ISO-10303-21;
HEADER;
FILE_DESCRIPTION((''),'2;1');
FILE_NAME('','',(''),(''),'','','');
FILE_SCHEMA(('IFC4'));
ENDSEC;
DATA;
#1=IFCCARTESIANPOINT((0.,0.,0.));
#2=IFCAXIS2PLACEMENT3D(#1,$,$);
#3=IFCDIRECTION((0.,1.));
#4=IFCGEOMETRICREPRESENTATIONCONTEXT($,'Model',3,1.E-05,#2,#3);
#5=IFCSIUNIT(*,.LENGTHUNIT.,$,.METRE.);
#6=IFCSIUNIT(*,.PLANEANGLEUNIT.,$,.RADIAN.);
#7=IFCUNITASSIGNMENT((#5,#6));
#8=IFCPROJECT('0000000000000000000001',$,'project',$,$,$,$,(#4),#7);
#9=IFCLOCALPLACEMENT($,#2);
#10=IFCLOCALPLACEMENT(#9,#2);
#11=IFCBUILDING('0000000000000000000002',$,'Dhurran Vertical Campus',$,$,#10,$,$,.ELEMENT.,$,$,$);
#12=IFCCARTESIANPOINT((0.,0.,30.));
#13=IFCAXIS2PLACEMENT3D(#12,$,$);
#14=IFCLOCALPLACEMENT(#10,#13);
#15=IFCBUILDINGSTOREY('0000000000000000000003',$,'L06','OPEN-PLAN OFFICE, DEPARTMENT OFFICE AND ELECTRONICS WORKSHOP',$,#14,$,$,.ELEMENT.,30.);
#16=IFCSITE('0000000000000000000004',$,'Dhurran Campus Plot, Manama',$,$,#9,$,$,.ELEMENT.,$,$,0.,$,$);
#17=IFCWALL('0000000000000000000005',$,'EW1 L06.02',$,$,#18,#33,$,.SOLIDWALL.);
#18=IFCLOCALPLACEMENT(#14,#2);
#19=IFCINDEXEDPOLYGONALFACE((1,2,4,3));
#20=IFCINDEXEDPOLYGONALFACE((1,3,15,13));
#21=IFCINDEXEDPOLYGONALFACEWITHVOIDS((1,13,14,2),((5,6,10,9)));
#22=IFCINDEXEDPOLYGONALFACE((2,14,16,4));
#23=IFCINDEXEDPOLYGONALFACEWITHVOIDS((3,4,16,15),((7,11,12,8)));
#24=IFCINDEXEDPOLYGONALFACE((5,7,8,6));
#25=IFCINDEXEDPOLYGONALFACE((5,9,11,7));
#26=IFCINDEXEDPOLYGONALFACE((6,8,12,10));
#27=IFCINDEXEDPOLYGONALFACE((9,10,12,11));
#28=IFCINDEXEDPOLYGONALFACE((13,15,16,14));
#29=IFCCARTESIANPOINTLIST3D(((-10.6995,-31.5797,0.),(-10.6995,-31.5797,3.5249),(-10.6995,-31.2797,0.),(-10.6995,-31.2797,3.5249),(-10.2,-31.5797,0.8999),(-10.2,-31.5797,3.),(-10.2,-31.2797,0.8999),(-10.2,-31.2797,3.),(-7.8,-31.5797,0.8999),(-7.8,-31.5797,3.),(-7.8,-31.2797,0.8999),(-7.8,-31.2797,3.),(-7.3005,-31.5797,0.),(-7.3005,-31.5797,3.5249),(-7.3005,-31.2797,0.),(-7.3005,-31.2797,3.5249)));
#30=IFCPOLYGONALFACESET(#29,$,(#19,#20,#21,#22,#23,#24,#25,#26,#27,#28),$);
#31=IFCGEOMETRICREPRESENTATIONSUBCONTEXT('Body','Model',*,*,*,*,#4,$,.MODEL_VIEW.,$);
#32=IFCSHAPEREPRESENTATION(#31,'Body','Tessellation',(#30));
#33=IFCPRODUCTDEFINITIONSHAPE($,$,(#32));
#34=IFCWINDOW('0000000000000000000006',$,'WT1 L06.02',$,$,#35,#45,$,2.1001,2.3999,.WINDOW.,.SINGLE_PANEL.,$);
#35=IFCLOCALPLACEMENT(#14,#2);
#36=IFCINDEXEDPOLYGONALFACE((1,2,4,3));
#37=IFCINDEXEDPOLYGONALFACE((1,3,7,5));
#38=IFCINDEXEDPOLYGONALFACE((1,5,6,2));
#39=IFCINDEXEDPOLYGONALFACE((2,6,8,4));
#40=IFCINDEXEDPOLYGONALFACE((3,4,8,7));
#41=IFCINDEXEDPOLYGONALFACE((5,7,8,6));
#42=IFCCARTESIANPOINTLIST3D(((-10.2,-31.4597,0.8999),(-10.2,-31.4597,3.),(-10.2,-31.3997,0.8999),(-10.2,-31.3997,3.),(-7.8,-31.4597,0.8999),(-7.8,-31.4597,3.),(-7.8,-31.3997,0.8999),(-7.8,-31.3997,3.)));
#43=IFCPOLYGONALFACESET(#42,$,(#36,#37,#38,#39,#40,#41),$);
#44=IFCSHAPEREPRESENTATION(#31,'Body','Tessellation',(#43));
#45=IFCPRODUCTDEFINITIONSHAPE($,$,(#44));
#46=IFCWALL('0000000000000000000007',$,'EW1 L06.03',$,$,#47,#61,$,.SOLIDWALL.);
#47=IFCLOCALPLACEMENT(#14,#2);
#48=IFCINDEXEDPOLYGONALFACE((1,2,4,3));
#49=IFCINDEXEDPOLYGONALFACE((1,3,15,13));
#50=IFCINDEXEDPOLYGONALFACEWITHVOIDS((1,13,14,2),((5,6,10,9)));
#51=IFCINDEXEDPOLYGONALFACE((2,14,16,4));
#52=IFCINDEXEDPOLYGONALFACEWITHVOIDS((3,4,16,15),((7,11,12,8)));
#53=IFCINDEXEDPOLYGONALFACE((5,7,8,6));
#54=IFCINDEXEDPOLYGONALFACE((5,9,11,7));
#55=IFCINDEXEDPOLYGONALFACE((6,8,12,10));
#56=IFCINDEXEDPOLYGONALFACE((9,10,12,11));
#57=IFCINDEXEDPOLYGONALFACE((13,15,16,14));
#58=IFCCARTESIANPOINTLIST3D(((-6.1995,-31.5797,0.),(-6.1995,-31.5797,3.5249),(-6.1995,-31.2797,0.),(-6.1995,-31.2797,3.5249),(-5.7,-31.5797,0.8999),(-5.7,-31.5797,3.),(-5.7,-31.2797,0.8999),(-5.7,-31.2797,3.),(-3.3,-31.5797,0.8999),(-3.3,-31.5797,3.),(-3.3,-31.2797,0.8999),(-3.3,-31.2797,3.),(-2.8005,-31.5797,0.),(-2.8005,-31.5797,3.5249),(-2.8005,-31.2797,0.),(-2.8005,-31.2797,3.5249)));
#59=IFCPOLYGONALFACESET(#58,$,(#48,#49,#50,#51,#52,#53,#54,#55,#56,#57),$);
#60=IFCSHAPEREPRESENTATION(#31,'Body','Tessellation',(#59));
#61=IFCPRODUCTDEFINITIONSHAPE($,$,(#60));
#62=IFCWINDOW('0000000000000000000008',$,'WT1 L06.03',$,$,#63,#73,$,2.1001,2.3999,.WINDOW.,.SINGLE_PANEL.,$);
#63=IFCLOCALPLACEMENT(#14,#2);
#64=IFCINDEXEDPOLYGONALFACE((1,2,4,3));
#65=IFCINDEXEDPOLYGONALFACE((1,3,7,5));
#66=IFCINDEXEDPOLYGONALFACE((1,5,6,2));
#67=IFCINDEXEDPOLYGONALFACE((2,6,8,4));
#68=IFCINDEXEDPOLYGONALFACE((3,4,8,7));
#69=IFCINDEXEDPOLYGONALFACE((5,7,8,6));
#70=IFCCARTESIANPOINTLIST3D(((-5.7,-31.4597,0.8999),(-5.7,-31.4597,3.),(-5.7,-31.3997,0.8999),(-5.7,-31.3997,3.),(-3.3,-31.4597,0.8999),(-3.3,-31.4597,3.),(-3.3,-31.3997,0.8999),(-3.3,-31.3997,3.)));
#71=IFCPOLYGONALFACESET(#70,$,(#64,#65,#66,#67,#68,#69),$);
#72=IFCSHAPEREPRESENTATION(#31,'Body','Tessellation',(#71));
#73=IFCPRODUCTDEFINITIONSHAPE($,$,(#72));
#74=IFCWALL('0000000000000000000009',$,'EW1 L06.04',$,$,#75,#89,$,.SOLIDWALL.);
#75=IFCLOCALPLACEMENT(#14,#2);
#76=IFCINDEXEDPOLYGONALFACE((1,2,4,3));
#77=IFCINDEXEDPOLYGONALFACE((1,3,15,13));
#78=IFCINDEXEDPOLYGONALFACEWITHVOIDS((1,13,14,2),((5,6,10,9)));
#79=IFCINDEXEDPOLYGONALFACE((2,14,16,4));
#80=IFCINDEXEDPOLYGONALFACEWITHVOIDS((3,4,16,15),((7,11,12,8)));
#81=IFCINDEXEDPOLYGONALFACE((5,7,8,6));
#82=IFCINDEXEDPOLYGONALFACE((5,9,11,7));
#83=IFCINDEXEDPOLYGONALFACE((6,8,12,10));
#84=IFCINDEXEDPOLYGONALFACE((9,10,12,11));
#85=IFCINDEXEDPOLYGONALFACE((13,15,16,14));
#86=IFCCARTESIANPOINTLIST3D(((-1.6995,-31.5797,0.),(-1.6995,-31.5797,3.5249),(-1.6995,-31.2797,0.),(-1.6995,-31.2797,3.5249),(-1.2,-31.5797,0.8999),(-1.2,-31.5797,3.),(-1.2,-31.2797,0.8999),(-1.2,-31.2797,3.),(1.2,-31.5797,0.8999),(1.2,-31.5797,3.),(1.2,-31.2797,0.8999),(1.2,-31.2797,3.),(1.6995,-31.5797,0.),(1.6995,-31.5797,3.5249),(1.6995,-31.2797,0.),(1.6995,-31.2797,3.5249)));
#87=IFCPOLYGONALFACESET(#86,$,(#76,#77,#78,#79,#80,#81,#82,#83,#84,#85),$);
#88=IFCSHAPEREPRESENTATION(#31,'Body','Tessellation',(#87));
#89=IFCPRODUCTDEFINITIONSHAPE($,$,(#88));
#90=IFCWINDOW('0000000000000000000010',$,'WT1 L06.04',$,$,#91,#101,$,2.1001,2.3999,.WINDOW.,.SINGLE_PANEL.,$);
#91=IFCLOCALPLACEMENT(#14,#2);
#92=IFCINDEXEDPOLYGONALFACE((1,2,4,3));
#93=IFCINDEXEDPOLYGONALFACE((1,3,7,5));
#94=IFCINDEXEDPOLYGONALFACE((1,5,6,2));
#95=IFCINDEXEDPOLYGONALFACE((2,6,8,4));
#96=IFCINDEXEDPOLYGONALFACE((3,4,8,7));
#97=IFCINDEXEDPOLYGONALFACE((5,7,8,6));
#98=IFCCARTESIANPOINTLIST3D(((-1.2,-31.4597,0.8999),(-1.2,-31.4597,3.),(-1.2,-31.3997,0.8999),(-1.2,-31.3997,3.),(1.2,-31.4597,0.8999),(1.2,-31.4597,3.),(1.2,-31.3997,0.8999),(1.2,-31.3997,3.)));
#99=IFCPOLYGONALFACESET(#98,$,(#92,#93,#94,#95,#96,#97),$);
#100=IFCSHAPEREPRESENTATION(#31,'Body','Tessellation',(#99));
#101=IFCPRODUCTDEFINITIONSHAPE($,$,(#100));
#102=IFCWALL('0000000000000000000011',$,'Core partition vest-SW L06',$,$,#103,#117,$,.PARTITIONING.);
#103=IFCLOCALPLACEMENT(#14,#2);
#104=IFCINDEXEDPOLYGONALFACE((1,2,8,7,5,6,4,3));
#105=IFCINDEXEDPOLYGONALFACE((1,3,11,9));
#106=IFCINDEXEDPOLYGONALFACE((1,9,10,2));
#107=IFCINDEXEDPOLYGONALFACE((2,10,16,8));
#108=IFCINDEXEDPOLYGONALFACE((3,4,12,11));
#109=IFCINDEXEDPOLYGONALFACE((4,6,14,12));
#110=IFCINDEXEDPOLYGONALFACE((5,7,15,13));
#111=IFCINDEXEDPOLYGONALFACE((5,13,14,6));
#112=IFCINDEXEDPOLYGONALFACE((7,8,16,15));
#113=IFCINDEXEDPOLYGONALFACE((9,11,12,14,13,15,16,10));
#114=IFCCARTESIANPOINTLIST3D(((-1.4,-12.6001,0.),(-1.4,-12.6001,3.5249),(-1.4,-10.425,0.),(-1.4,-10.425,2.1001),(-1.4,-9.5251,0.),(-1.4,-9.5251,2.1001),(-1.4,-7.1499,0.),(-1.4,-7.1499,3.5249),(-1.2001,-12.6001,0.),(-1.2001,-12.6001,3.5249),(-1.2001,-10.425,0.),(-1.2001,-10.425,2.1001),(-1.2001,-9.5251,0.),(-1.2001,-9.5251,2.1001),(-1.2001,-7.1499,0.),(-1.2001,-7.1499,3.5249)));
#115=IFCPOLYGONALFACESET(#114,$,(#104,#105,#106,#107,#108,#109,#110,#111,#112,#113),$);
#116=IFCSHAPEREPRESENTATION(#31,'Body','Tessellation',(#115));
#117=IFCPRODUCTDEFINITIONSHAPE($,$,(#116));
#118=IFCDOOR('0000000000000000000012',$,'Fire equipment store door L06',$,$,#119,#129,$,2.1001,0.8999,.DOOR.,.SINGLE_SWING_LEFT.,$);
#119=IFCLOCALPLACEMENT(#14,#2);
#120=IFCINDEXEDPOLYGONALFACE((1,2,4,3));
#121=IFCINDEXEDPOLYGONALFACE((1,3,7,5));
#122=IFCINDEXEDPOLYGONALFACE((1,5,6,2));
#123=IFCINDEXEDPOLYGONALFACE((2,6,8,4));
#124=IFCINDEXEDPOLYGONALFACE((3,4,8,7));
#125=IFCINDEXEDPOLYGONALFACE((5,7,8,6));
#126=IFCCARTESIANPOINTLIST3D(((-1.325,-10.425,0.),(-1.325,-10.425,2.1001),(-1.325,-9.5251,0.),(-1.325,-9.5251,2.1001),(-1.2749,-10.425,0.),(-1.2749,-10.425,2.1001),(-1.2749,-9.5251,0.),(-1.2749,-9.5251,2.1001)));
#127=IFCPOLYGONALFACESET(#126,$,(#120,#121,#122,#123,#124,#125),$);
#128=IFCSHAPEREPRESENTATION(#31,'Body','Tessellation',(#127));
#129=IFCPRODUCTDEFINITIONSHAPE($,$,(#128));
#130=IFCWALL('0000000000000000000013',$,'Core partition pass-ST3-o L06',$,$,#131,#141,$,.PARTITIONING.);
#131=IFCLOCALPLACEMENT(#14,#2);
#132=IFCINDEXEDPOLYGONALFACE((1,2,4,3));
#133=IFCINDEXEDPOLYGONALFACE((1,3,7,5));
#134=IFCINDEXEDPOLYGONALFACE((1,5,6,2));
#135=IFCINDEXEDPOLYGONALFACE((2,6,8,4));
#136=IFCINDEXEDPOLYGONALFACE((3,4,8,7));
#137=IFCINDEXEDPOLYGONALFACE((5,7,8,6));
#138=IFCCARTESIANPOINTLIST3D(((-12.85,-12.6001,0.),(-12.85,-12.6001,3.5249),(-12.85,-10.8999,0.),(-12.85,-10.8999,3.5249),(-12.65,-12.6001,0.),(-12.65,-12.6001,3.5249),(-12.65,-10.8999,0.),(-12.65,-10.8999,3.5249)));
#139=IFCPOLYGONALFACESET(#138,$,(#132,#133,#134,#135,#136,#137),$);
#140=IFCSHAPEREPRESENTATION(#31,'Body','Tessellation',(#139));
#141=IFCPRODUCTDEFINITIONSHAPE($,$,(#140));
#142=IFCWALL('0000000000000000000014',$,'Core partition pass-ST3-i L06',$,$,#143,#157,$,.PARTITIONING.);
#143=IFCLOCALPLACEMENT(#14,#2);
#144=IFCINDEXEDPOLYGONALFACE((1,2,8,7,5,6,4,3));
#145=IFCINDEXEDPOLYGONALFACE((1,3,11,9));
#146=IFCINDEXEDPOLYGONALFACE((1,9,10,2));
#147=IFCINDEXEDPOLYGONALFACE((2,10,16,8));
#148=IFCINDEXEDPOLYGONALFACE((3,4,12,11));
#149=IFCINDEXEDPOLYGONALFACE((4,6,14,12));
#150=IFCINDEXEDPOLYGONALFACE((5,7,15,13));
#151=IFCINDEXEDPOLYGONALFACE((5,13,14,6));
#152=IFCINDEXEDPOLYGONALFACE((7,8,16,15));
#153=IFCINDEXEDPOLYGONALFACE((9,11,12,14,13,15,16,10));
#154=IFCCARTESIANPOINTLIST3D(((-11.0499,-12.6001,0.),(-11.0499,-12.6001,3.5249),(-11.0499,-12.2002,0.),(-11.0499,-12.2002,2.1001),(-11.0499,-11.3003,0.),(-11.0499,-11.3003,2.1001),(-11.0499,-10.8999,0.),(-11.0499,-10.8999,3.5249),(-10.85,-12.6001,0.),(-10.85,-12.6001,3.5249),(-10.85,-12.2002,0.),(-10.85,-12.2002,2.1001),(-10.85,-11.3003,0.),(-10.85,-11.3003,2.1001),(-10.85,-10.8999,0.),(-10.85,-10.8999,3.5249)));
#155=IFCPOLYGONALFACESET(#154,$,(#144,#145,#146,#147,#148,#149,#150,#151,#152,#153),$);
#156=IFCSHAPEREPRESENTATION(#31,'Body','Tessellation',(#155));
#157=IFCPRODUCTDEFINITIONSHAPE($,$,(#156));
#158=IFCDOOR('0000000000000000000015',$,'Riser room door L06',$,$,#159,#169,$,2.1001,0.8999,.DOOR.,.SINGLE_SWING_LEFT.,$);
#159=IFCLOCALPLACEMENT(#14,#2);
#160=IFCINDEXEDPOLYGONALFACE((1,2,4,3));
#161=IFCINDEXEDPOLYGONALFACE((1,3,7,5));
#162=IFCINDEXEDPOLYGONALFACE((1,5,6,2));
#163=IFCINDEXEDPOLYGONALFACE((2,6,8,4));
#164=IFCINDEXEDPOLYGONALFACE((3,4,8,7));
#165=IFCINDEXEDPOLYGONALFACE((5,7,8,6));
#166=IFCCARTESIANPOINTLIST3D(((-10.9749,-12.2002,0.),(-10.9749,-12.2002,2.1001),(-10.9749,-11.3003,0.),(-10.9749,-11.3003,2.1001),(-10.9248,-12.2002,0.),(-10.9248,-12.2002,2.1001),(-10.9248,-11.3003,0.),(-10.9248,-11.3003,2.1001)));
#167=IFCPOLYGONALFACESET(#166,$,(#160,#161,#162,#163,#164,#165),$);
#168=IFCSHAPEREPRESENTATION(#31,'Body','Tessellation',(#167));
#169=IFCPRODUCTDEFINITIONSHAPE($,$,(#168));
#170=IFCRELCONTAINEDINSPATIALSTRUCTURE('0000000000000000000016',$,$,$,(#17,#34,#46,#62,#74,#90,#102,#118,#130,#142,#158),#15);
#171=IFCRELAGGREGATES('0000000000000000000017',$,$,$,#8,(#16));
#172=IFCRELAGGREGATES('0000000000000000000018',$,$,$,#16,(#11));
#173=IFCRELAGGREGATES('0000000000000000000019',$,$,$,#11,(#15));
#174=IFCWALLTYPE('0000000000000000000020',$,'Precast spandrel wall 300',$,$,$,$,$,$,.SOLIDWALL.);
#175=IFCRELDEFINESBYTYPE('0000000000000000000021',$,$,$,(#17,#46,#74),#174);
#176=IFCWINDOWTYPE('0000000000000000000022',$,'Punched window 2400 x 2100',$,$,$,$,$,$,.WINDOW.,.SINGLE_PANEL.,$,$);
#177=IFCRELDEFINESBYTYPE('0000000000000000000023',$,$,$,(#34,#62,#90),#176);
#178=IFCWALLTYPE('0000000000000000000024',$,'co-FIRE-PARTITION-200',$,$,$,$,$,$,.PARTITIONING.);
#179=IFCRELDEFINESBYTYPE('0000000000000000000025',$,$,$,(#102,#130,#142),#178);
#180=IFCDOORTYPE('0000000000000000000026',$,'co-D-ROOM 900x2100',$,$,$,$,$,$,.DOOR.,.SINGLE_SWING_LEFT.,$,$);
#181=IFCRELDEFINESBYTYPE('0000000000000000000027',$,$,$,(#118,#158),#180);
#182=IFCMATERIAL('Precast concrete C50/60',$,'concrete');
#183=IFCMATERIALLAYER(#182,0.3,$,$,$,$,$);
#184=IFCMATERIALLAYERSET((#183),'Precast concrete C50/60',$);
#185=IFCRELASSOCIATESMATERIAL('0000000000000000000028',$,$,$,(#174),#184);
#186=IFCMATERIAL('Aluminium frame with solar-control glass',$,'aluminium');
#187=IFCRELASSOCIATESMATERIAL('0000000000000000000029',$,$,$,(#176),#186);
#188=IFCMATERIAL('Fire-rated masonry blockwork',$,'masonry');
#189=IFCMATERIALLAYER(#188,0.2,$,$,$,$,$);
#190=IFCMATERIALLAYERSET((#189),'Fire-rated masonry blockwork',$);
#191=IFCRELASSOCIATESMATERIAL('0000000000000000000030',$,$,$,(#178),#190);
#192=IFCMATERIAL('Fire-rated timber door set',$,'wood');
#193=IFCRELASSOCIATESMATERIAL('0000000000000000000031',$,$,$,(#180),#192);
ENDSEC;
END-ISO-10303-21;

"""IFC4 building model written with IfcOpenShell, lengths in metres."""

from ifc_helpers import new_model, si_unit, direction, frame, frame_2d, origin, place, context, subcontext, project, spatial, rectangle, extrude, material, layer, layer_set, type_object, element, fill, save


model = new_model("IFC4")

# Units and contexts
model_context = context("Model", 3, precision=1e-05, world=origin(), true_north=direction((0.0, 1.0)))
body_context = subcontext(model_context, "Body", "Model", "MODEL_VIEW")
ifc_project = project(units=[si_unit("LENGTHUNIT", "METRE"), si_unit("PLANEANGLEUNIT", "RADIAN")], contexts=[model_context])

# Site, building, storey
site_placement = place(None, origin())
site = spatial("IfcSite", under=ifc_project, at=site_placement, Name="Dhurran Campus Plot, Manama", CompositionType="ELEMENT", RefElevation=0.0)
building_placement = place(site_placement, origin())
building = spatial("IfcBuilding", under=site, at=building_placement, Name="Dhurran Vertical Campus", CompositionType="ELEMENT")
storey_placement = place(building_placement, frame((0.0, 0.0, 30.0)))
storey = spatial("IfcBuildingStorey", under=building, at=storey_placement, Name="L06", Description="OPEN-PLAN OFFICE, DEPARTMENT OFFICE AND ELECTRONICS WORKSHOP", CompositionType="ELEMENT", Elevation=30.0)

# Walls, openings, windows
ifc_material_1 = material(Name="Precast concrete C50/60", Category="concrete")
ifc_layer_1 = layer(ifc_material_1, 0.3)
ifc_layer_set_1 = layer_set([ifc_layer_1], Name="Precast concrete C50/60")
wall_type_1 = type_object("IfcWallType", Name="Precast spandrel wall 300", PredefinedType="SOLIDWALL", material=ifc_layer_set_1)
ifc_material_2 = material(Name="Aluminium frame with solar-control glass", Category="aluminium")
window_type = type_object("IfcWindowType", Name="Punched window 2400 x 2100", PartitioningType="SINGLE_PANEL", PredefinedType="WINDOW", material=ifc_material_2)
wall_1_placement = place(storey_placement, frame((-10.6995, -31.4297, 0.0), z_axis=(0.0, 0.0, 1.0), x_axis=(1.0, 0.0, 0.0)))
wall_1 = element("IfcWall", 1, at=wall_1_placement, inside=storey, type_object=wall_type_1, Name="EW1 L06.02", PredefinedType="SOLIDWALL", context=body_context, shape_type="SweptSolid", body=[
    extrude(rectangle(XDim=3.3989, YDim=0.3, at=frame_2d((1.6995, 0.0))), origin(), (0.0, 0.0, 1.0), 3.5249),
])
opening_1_placement = place(wall_1_placement, frame((0.4995, 0.0, 0.8999)))
opening_1 = element("IfcOpeningElement", 2, at=opening_1_placement, cuts=wall_1, PredefinedType="OPENING", context=body_context, shape_type="SweptSolid", body=[
    extrude(rectangle(XDim=2.3999, YDim=2.1001, at=frame_2d((1.2, 1.05))), frame((0.0, 0.1599, 0.0), z_axis=(0.0, -1.0, 0.0), x_axis=(1.0, 0.0, 0.0)), (0.0, 0.0, 1.0), 0.3201),
])
window_1_placement = place(opening_1_placement, origin())
window_1 = element("IfcWindow", 3, at=window_1_placement, inside=storey, type_object=window_type, Name="WT1 L06.02", OverallHeight=2.1001, OverallWidth=2.3999, PartitioningType="SINGLE_PANEL", PredefinedType="WINDOW", context=body_context, shape_type="SweptSolid", body=[
    extrude(rectangle(XDim=2.3999, YDim=2.1001, at=frame_2d((1.2, 1.05))), frame((0.0, 0.03, 0.0), z_axis=(0.0, -1.0, 0.0), x_axis=(1.0, 0.0, 0.0)), (0.0, 0.0, 1.0), 0.0601),
])
fill(opening_1, window_1)
wall_2_placement = place(storey_placement, frame((-6.1995, -31.4297, 0.0), z_axis=(0.0, 0.0, 1.0), x_axis=(1.0, 0.0, 0.0)))
wall_2 = element("IfcWall", 4, at=wall_2_placement, inside=storey, type_object=wall_type_1, Name="EW1 L06.03", PredefinedType="SOLIDWALL", context=body_context, shape_type="SweptSolid", body=[
    extrude(rectangle(XDim=3.3989, YDim=0.3, at=frame_2d((1.6995, 0.0))), origin(), (0.0, 0.0, 1.0), 3.5249),
])
opening_2_placement = place(wall_2_placement, frame((0.4995, 0.0, 0.8999)))
opening_2 = element("IfcOpeningElement", 5, at=opening_2_placement, cuts=wall_2, PredefinedType="OPENING", context=body_context, shape_type="SweptSolid", body=[
    extrude(rectangle(XDim=2.3999, YDim=2.1001, at=frame_2d((1.2, 1.05))), frame((0.0, 0.1599, 0.0), z_axis=(0.0, -1.0, 0.0), x_axis=(1.0, 0.0, 0.0)), (0.0, 0.0, 1.0), 0.3201),
])
window_2_placement = place(opening_2_placement, origin())
window_2 = element("IfcWindow", 6, at=window_2_placement, inside=storey, type_object=window_type, Name="WT1 L06.03", OverallHeight=2.1001, OverallWidth=2.3999, PartitioningType="SINGLE_PANEL", PredefinedType="WINDOW", context=body_context, shape_type="SweptSolid", body=[
    extrude(rectangle(XDim=2.3999, YDim=2.1001, at=frame_2d((1.2, 1.05))), frame((0.0, 0.03, 0.0), z_axis=(0.0, -1.0, 0.0), x_axis=(1.0, 0.0, 0.0)), (0.0, 0.0, 1.0), 0.0601),
])
fill(opening_2, window_2)
wall_3_placement = place(storey_placement, frame((-1.6995, -31.4297, 0.0), z_axis=(0.0, 0.0, 1.0), x_axis=(1.0, 0.0, 0.0)))
wall_3 = element("IfcWall", 7, at=wall_3_placement, inside=storey, type_object=wall_type_1, Name="EW1 L06.04", PredefinedType="SOLIDWALL", context=body_context, shape_type="SweptSolid", body=[
    extrude(rectangle(XDim=3.3989, YDim=0.3, at=frame_2d((1.6995, 0.0))), origin(), (0.0, 0.0, 1.0), 3.5249),
])
opening_3_placement = place(wall_3_placement, frame((0.4995, 0.0, 0.8999)))
opening_3 = element("IfcOpeningElement", 8, at=opening_3_placement, cuts=wall_3, PredefinedType="OPENING", context=body_context, shape_type="SweptSolid", body=[
    extrude(rectangle(XDim=2.3999, YDim=2.1001, at=frame_2d((1.2, 1.05))), frame((0.0, 0.1599, 0.0), z_axis=(0.0, -1.0, 0.0), x_axis=(1.0, 0.0, 0.0)), (0.0, 0.0, 1.0), 0.3201),
])
window_3_placement = place(opening_3_placement, origin())
window_3 = element("IfcWindow", 9, at=window_3_placement, inside=storey, type_object=window_type, Name="WT1 L06.04", OverallHeight=2.1001, OverallWidth=2.3999, PartitioningType="SINGLE_PANEL", PredefinedType="WINDOW", context=body_context, shape_type="SweptSolid", body=[
    extrude(rectangle(XDim=2.3999, YDim=2.1001, at=frame_2d((1.2, 1.05))), frame((0.0, 0.03, 0.0), z_axis=(0.0, -1.0, 0.0), x_axis=(1.0, 0.0, 0.0)), (0.0, 0.0, 1.0), 0.0601),
])
fill(opening_3, window_3)

# Wall, opening, door
ifc_material_3 = material(Name="Fire-rated masonry blockwork", Category="masonry")
ifc_layer_2 = layer(ifc_material_3, 0.2)
ifc_layer_set_2 = layer_set([ifc_layer_2], Name="Fire-rated masonry blockwork")
wall_type_2 = type_object("IfcWallType", Name="co-FIRE-PARTITION-200", PredefinedType="PARTITIONING", material=ifc_layer_set_2)
wall_4_placement = place(storey_placement, frame((-1.3, -12.6001, 0.0), z_axis=(0.0, 0.0, 1.0), x_axis=(0.0, 1.0, 0.0)))
wall_4 = element("IfcWall", 10, at=wall_4_placement, inside=storey, type_object=wall_type_2, Name="Core partition vest-SW L06", PredefinedType="PARTITIONING", context=body_context, shape_type="SweptSolid", body=[
    extrude(rectangle(XDim=5.4502, YDim=0.2, at=frame_2d((2.7251, 0.0))), origin(), (0.0, 0.0, 1.0), 3.5249),
])
opening_4_placement = place(wall_4_placement, frame((2.175, 0.0, 0.0)))
opening_4 = element("IfcOpeningElement", 11, at=opening_4_placement, cuts=wall_4, PredefinedType="OPENING", context=body_context, shape_type="SweptSolid", body=[
    extrude(rectangle(XDim=0.8999, YDim=2.1001, at=frame_2d((0.45, 1.05))), frame((0.0, 0.1099, 0.0), z_axis=(0.0, -1.0, 0.0), x_axis=(1.0, 0.0, 0.0)), (0.0, 0.0, 1.0), 0.22),
])
ifc_material_4 = material(Name="Fire-rated timber door set", Category="wood")
door_type_1 = type_object("IfcDoorType", Name="co-D-ROOM 900x2100", OperationType="SINGLE_SWING_LEFT", PredefinedType="DOOR", material=ifc_material_4)
door_1_placement = place(opening_4_placement, origin())
door_1 = element("IfcDoor", 12, at=door_1_placement, inside=storey, type_object=door_type_1, Name="Fire equipment store door L06", OperationType="SINGLE_SWING_LEFT", OverallHeight=2.1001, OverallWidth=0.8999, PredefinedType="DOOR", context=body_context, shape_type="SweptSolid", body=[
    extrude(rectangle(XDim=0.8999, YDim=2.1001, at=frame_2d((0.45, 1.05))), frame((0.0, 0.0249, 0.0), z_axis=(0.0, -1.0, 0.0), x_axis=(1.0, 0.0, 0.0)), (0.0, 0.0, 1.0), 0.05),
])
fill(opening_4, door_1)

# Wall
wall_5_placement = place(storey_placement, frame((-12.75, -12.6001, 0.0), z_axis=(0.0, 0.0, 1.0), x_axis=(0.0, 1.0, 0.0)))
element("IfcWall", 13, at=wall_5_placement, inside=storey, type_object=wall_type_2, Name="Core partition pass-ST3-o L06", PredefinedType="PARTITIONING", context=body_context, shape_type="SweptSolid", body=[
    extrude(rectangle(XDim=1.7002, YDim=0.2, at=frame_2d((0.8501, 0.0))), origin(), (0.0, 0.0, 1.0), 3.5249),
])

# Wall, opening, door
wall_6_placement = place(storey_placement, frame((-10.95, -12.6001, 0.0), z_axis=(0.0, 0.0, 1.0), x_axis=(0.0, 1.0, 0.0)))
wall_6 = element("IfcWall", 14, at=wall_6_placement, inside=storey, type_object=wall_type_2, Name="Core partition pass-ST3-i L06", PredefinedType="PARTITIONING", context=body_context, shape_type="SweptSolid", body=[
    extrude(rectangle(XDim=1.7002, YDim=0.2, at=frame_2d((0.8501, 0.0))), origin(), (0.0, 0.0, 1.0), 3.5249),
])
opening_5_placement = place(wall_6_placement, frame((0.3999, 0.0, 0.0)))
opening_5 = element("IfcOpeningElement", 15, at=opening_5_placement, cuts=wall_6, PredefinedType="OPENING", context=body_context, shape_type="SweptSolid", body=[
    extrude(rectangle(XDim=0.8999, YDim=2.1001, at=frame_2d((0.45, 1.05))), frame((0.0, 0.1099, 0.0), z_axis=(0.0, -1.0, 0.0), x_axis=(1.0, 0.0, 0.0)), (0.0, 0.0, 1.0), 0.22),
])
door_2_placement = place(opening_5_placement, origin())
door_2 = element("IfcDoor", 16, at=door_2_placement, inside=storey, type_object=door_type_1, Name="Riser room door L06", OperationType="SINGLE_SWING_LEFT", OverallHeight=2.1001, OverallWidth=0.8999, PredefinedType="DOOR", context=body_context, shape_type="SweptSolid", body=[
    extrude(rectangle(XDim=0.8999, YDim=2.1001, at=frame_2d((0.45, 1.05))), frame((0.0, 0.0249, 0.0), z_axis=(0.0, -1.0, 0.0), x_axis=(1.0, 0.0, 0.0)), (0.0, 0.0, 1.0), 0.05),
])
fill(opening_5, door_2)

save(model, "model.ifc")
